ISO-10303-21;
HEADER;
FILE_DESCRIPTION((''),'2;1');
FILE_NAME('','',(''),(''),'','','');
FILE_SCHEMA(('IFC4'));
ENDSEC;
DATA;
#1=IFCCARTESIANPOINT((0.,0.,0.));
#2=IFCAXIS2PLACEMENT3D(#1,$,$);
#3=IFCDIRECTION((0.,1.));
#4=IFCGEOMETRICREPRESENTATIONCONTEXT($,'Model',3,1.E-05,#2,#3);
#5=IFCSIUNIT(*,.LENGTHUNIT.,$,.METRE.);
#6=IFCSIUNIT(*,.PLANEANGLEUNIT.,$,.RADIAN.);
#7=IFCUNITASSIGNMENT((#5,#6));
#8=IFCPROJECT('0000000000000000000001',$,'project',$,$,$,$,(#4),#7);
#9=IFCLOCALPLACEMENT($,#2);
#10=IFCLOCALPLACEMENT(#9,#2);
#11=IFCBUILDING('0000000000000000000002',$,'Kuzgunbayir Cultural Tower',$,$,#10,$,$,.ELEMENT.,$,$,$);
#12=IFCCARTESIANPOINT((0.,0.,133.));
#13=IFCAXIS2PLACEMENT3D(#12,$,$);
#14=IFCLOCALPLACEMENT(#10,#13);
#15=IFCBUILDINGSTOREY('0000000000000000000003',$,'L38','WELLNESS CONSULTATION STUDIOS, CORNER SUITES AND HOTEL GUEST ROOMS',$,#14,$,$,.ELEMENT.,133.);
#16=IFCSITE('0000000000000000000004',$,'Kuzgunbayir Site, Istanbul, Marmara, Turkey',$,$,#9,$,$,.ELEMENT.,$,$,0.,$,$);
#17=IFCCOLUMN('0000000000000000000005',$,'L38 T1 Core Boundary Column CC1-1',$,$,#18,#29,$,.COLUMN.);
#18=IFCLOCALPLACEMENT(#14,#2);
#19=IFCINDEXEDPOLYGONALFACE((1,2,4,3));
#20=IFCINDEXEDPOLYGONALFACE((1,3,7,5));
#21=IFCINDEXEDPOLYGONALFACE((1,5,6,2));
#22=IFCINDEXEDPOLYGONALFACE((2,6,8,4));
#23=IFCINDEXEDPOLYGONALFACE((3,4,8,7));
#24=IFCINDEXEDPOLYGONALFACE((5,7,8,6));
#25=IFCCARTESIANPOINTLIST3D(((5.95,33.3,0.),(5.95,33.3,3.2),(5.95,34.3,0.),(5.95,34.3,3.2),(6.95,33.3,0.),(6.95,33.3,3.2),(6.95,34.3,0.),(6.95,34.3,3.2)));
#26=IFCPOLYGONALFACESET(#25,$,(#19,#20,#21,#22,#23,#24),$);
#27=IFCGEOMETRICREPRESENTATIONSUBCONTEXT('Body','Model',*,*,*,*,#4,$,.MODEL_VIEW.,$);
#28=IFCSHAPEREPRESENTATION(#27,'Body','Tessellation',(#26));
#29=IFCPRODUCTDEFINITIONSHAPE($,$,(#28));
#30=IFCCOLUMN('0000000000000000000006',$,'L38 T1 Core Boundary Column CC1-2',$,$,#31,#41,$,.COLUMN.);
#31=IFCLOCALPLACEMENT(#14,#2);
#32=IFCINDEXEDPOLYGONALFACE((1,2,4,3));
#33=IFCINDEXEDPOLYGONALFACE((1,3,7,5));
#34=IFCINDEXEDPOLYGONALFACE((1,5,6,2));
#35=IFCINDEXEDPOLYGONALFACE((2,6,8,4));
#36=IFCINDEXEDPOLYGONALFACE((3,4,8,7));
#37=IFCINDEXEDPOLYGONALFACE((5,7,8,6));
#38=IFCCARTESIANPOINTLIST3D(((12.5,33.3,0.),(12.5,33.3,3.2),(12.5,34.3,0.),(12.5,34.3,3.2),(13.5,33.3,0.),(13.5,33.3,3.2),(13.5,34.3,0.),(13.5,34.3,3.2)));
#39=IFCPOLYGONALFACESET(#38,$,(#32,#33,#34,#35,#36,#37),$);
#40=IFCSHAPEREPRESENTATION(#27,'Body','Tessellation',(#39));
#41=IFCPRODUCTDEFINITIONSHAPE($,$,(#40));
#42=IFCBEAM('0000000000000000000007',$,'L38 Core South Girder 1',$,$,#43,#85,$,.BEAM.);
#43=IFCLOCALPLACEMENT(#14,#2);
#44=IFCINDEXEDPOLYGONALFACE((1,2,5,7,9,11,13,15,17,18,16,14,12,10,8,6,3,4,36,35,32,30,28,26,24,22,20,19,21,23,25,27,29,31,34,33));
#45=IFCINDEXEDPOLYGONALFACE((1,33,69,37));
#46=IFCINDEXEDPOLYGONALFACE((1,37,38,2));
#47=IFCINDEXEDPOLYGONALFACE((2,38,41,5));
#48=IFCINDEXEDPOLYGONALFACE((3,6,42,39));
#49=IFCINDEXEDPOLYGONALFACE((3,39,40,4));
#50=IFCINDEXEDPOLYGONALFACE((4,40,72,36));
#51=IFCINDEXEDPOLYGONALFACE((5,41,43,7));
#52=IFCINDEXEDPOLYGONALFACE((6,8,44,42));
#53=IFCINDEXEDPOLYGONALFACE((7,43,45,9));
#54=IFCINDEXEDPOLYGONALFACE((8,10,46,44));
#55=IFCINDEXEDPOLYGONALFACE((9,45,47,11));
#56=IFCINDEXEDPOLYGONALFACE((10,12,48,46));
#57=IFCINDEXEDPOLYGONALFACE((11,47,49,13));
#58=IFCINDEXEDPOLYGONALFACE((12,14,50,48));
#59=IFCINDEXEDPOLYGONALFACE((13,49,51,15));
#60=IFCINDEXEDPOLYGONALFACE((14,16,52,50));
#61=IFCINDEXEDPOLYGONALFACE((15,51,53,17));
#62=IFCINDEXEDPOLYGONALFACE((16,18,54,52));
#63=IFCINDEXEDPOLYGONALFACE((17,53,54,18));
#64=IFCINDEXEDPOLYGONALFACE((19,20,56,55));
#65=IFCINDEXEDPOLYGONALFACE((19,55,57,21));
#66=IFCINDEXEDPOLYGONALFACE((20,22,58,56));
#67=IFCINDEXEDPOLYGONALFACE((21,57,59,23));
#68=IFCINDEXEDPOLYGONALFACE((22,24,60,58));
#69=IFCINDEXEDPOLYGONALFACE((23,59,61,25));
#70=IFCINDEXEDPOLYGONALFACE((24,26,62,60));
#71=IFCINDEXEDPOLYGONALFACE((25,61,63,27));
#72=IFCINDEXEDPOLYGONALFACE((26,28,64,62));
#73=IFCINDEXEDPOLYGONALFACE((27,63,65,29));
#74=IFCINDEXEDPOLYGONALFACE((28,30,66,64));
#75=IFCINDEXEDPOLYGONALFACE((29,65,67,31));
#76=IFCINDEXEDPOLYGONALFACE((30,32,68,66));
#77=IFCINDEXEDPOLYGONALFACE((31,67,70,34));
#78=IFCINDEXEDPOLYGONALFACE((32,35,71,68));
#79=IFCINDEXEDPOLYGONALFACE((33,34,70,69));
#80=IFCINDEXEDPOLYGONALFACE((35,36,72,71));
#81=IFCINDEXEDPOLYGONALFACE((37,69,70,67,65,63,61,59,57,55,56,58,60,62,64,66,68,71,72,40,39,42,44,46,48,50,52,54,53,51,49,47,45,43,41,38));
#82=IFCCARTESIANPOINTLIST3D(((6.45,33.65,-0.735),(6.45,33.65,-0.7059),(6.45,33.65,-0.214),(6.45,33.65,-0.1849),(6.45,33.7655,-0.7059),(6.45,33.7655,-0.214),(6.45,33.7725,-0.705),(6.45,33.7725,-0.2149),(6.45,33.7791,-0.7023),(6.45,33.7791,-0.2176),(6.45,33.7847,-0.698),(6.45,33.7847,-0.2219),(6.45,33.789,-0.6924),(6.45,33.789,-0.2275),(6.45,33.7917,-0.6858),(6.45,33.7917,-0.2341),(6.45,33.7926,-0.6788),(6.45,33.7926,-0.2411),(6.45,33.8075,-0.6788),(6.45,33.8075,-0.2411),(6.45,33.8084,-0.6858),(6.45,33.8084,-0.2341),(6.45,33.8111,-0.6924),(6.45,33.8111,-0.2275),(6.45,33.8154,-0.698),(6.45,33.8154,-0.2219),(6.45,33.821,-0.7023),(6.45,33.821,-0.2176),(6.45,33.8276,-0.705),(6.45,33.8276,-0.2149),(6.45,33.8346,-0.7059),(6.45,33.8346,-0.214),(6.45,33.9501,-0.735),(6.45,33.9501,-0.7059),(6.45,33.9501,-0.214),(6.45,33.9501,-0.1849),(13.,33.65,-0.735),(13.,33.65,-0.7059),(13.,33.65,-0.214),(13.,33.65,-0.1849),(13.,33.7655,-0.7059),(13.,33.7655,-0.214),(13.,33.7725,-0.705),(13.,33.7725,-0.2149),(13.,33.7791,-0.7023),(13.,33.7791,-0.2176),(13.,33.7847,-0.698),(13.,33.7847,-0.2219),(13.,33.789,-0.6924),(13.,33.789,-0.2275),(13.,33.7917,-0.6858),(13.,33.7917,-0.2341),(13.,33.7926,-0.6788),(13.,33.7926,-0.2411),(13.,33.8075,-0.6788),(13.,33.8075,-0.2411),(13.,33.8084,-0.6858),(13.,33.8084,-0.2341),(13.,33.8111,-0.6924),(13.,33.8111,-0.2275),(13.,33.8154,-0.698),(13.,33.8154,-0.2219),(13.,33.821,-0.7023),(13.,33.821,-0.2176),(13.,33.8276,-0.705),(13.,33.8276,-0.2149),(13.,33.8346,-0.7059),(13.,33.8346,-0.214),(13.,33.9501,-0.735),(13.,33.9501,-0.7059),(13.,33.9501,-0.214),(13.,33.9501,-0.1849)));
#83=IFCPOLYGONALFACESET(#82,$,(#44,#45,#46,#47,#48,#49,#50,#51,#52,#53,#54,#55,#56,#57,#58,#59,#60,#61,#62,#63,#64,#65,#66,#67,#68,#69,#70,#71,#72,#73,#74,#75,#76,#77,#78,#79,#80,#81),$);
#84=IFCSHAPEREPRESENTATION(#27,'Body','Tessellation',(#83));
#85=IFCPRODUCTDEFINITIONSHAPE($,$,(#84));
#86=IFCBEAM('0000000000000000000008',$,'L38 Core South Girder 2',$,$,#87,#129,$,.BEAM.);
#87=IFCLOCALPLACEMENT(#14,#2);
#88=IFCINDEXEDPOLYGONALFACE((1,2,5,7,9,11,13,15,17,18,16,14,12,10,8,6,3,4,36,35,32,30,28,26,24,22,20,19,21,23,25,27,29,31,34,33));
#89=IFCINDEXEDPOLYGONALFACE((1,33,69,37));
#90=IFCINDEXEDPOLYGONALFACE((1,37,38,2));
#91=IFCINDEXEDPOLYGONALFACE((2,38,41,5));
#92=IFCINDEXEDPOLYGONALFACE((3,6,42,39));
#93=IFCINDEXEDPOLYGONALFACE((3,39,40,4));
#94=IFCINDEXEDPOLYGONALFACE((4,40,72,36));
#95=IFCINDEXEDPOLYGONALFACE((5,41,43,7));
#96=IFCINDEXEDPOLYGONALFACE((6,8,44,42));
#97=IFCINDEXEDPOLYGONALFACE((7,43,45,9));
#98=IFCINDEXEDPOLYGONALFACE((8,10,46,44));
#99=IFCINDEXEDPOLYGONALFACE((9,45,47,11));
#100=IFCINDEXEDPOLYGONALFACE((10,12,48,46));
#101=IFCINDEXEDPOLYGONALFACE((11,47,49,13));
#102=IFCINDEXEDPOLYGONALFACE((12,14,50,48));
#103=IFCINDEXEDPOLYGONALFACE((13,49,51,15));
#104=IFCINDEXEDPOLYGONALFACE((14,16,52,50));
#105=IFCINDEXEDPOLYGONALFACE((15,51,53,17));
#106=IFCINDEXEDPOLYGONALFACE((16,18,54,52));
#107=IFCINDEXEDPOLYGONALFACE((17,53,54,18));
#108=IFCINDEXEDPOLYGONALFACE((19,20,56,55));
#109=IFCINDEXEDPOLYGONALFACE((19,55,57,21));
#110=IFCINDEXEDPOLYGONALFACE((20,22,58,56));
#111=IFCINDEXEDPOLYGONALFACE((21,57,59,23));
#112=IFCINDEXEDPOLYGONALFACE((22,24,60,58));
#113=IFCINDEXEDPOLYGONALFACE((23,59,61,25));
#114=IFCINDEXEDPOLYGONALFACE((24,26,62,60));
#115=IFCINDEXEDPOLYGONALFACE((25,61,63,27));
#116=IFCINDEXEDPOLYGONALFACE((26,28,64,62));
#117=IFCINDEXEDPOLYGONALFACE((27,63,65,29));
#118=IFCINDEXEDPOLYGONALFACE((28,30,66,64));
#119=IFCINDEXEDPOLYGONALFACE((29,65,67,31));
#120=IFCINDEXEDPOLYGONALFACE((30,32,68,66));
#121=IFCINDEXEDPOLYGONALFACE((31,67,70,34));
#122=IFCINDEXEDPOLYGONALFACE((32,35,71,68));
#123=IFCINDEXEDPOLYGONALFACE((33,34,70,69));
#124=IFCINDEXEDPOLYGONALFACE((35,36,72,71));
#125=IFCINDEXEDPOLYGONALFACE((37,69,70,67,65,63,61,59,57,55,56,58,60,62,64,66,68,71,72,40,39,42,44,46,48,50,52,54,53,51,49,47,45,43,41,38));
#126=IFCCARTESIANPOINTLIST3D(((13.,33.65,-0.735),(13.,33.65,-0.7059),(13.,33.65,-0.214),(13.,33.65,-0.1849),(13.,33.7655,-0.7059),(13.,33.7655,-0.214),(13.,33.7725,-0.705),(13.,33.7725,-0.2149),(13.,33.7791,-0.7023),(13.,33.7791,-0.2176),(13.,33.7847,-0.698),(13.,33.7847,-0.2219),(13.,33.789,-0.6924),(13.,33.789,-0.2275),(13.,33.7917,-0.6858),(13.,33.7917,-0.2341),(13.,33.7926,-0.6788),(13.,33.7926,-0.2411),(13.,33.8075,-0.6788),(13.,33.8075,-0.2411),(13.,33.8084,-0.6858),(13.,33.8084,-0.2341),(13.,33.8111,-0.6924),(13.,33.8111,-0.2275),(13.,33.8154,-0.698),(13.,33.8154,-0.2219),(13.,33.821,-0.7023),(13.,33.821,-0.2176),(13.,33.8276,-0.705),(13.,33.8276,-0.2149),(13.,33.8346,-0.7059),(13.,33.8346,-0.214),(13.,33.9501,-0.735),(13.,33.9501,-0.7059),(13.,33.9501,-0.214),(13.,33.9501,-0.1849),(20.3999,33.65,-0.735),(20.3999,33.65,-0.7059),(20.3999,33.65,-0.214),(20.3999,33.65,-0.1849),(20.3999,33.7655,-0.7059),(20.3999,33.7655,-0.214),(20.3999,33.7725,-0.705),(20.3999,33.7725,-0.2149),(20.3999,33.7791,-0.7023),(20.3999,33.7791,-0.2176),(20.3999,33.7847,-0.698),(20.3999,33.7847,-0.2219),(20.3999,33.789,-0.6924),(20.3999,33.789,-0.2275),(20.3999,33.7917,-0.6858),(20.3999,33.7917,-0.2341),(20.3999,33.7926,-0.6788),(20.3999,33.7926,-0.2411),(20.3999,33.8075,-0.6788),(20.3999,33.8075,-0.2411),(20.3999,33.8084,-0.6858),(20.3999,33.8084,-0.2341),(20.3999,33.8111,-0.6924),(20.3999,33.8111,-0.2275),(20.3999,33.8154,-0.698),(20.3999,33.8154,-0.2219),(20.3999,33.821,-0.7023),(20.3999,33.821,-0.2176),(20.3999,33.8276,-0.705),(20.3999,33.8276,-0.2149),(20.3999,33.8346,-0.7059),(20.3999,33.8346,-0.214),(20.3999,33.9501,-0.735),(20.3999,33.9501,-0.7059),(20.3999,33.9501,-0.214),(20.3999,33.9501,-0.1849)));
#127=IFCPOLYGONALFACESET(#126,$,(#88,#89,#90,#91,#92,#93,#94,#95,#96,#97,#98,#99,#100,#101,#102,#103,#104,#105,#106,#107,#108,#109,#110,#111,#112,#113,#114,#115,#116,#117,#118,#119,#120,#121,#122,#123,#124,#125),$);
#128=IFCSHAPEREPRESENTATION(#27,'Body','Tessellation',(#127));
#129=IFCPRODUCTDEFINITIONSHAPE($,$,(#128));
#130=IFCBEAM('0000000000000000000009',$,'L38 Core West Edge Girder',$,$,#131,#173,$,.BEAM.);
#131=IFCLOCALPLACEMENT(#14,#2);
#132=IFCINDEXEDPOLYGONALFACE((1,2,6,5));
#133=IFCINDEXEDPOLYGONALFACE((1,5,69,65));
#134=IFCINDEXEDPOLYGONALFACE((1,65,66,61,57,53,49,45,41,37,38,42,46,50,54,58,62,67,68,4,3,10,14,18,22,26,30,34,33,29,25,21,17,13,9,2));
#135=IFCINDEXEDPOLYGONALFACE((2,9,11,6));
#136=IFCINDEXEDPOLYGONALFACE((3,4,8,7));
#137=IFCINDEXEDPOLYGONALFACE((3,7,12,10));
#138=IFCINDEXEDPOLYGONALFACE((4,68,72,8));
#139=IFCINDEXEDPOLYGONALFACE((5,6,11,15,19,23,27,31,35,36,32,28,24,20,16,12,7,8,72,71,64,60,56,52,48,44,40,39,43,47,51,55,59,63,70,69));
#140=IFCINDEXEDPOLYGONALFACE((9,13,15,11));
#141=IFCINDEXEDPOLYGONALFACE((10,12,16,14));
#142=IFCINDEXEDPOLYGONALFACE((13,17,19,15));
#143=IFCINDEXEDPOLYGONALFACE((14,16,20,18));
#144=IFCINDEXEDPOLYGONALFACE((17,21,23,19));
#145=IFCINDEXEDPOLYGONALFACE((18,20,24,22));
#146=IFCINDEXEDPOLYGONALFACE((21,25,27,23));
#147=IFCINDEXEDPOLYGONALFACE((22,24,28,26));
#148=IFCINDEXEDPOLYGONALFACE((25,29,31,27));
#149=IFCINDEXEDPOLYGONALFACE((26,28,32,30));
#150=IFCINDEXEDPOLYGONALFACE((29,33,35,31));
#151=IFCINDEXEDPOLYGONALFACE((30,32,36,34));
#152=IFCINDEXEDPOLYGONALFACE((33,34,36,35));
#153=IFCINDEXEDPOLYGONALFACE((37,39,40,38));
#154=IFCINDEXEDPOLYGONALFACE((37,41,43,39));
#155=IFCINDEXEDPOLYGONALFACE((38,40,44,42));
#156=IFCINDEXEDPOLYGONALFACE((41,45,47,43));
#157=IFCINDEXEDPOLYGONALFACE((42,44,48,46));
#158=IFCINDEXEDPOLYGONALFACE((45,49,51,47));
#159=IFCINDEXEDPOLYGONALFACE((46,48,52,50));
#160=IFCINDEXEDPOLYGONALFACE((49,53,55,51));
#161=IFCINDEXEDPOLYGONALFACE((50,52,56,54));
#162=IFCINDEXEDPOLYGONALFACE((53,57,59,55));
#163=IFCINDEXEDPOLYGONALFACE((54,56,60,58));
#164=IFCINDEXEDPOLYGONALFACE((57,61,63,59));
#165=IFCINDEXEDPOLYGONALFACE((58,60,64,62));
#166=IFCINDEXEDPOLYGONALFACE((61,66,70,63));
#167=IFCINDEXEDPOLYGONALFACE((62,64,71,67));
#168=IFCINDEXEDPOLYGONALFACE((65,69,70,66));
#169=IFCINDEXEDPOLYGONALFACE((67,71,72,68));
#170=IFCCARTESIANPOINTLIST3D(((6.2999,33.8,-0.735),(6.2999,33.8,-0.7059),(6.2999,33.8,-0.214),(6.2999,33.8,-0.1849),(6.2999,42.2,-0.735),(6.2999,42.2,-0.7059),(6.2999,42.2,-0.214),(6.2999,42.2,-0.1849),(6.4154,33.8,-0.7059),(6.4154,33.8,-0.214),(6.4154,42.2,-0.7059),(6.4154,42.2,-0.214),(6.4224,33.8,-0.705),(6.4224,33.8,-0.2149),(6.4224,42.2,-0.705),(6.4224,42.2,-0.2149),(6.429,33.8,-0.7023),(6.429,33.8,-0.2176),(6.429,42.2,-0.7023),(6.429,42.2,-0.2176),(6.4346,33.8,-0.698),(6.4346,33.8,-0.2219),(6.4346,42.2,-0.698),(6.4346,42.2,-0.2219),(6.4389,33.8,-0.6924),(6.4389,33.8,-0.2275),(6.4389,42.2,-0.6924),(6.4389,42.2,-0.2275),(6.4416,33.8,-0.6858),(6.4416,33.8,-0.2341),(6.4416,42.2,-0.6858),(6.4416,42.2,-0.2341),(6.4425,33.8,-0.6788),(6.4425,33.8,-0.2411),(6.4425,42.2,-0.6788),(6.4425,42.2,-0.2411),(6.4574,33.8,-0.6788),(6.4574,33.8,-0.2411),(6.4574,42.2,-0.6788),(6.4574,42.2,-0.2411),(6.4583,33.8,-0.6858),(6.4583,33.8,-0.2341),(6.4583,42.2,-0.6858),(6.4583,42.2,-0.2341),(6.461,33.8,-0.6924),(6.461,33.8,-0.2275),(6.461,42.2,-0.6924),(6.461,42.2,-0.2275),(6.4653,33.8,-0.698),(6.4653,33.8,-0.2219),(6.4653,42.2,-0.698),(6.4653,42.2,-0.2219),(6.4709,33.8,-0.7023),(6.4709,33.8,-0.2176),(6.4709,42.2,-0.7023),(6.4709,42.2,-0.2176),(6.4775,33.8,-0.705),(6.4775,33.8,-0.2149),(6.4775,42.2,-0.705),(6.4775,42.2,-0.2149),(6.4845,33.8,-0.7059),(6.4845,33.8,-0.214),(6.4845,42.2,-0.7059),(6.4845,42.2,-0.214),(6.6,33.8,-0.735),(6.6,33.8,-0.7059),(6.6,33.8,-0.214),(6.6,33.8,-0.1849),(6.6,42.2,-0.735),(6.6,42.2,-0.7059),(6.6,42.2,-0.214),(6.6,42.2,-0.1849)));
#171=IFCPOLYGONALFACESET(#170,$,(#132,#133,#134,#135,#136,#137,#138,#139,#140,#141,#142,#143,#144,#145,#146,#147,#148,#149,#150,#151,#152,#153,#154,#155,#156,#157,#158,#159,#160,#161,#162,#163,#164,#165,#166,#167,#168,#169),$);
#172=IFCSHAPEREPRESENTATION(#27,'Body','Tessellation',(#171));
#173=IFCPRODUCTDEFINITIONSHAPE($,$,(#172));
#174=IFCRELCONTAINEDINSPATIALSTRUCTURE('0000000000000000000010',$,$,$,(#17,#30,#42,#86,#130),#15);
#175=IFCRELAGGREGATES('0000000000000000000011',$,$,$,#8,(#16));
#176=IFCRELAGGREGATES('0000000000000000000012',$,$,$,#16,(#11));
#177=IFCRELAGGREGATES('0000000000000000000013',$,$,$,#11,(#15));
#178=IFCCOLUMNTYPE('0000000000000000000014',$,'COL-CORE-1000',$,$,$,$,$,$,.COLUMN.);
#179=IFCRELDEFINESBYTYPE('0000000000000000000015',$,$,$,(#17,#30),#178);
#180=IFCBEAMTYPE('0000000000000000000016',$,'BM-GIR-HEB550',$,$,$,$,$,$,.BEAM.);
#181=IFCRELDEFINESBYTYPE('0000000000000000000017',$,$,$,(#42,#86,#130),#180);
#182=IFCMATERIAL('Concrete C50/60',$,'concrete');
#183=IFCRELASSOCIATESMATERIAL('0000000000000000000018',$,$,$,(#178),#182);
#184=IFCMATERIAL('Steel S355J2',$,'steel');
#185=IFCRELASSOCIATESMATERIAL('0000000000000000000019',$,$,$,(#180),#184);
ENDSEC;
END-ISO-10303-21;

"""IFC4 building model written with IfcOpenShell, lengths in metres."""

from ifc_helpers import new_model, si_unit, direction, frame, origin, origin_2d, place, context, subcontext, project, spatial, rectangle, i_section, extrude, material, material_profile, profile_set, type_object, element, save


model = new_model("IFC4")

# Units and contexts
model_context = context("Model", 3, precision=1e-05, world=origin(), true_north=direction((0.0, 1.0)))
body_context = subcontext(model_context, "Body", "Model", "MODEL_VIEW")
ifc_project = project(units=[si_unit("LENGTHUNIT", "METRE"), si_unit("PLANEANGLEUNIT", "RADIAN")], contexts=[model_context])

# Site, building, storey
site_placement = place(None, origin())
site = spatial("IfcSite", under=ifc_project, at=site_placement, Name="Kuzgunbayir Site, Istanbul, Marmara, Turkey", CompositionType="ELEMENT", RefElevation=0.0)
building_placement = place(site_placement, origin())
building = spatial("IfcBuilding", under=site, at=building_placement, Name="Kuzgunbayir Cultural Tower", CompositionType="ELEMENT")
storey_placement = place(building_placement, frame((0.0, 0.0, 133.0)))
storey = spatial("IfcBuildingStorey", under=building, at=storey_placement, Name="L38", Description="WELLNESS CONSULTATION STUDIOS, CORNER SUITES AND HOTEL GUEST ROOMS", CompositionType="ELEMENT", Elevation=133.0)

# Columns
ifc_material_1 = material(Name="Concrete C50/60", Category="concrete")
ifc_material_profile_1 = material_profile(ifc_material_1, rectangle(XDim=1.0, YDim=1.0, at=origin_2d()), Name="RC 1000x1000")
ifc_profile_set_1 = profile_set([ifc_material_profile_1], Name="Concrete C50/60")
column_type = type_object("IfcColumnType", Name="COL-CORE-1000", PredefinedType="COLUMN", material=ifc_profile_set_1)
for number, where, z_axis, x_axis, name in (
    (1, (6.45, 33.8, 0.0), (0.0, 0.0, 1.0), (1.0, 0.0, 0.0), "L38 T1 Core Boundary Column CC1-1"),
    (2, (13.0, 33.8, 0.0), (0.0, 0.0, 1.0), (1.0, 0.0, 0.0), "L38 T1 Core Boundary Column CC1-2"),
):
    element("IfcColumn", number, at=place(storey_placement, frame(where, z_axis=z_axis, x_axis=x_axis)), inside=storey, type_object=column_type, Name=name, PredefinedType="COLUMN", context=body_context, shape_type="SweptSolid", body=[
        extrude(rectangle(XDim=1.0, YDim=1.0, at=origin_2d()), origin(), (0.0, 0.0, 1.0), 3.2),
    ])

# Beams
ifc_material_2 = material(Name="Steel S355J2", Category="steel")
ifc_material_profile_2 = material_profile(ifc_material_2, i_section(OverallWidth=0.3, OverallDepth=0.55, WebThickness=0.0149, FlangeThickness=0.0291, FilletRadius=0.0271, at=origin_2d()), Name="HEB 550")
ifc_profile_set_2 = profile_set([ifc_material_profile_2], Name="Steel S355J2")
beam_type = type_object("IfcBeamType", Name="BM-GIR-HEB550", PredefinedType="BEAM", material=ifc_profile_set_2)
beam_1_placement = place(storey_placement, frame((6.45, 33.8, -0.46), z_axis=(1.0, 0.0, 0.0), x_axis=(0.0, 1.0, 0.0)))
element("IfcBeam", 3, at=beam_1_placement, inside=storey, type_object=beam_type, Name="L38 Core South Girder 1", PredefinedType="BEAM", context=body_context, shape_type="SweptSolid", body=[
    extrude(i_section(OverallWidth=0.3, OverallDepth=0.55, WebThickness=0.0149, FlangeThickness=0.0291, FilletRadius=0.0271, at=origin_2d()), origin(), (0.0, 0.0, 1.0), 6.55),
])
beam_2_placement = place(storey_placement, frame((13.0, 33.8, -0.46), z_axis=(1.0, 0.0, 0.0), x_axis=(0.0, 1.0, 0.0)))
element("IfcBeam", 4, at=beam_2_placement, inside=storey, type_object=beam_type, Name="L38 Core South Girder 2", PredefinedType="BEAM", context=body_context, shape_type="SweptSolid", body=[
    extrude(i_section(OverallWidth=0.3, OverallDepth=0.55, WebThickness=0.0149, FlangeThickness=0.0291, FilletRadius=0.0271, at=origin_2d()), origin(), (0.0, 0.0, 1.0), 7.3999),
])
beam_3_placement = place(storey_placement, frame((6.45, 33.8, -0.46), z_axis=(0.0, 1.0, 0.0), x_axis=(-1.0, 0.0, 0.0)))
element("IfcBeam", 5, at=beam_3_placement, inside=storey, type_object=beam_type, Name="L38 Core West Edge Girder", PredefinedType="BEAM", context=body_context, shape_type="SweptSolid", body=[
    extrude(i_section(OverallWidth=0.3, OverallDepth=0.55, WebThickness=0.0149, FlangeThickness=0.0291, FilletRadius=0.0271, at=origin_2d()), origin(), (0.0, 0.0, 1.0), 8.3999),
])

save(model, "model.ifc")
